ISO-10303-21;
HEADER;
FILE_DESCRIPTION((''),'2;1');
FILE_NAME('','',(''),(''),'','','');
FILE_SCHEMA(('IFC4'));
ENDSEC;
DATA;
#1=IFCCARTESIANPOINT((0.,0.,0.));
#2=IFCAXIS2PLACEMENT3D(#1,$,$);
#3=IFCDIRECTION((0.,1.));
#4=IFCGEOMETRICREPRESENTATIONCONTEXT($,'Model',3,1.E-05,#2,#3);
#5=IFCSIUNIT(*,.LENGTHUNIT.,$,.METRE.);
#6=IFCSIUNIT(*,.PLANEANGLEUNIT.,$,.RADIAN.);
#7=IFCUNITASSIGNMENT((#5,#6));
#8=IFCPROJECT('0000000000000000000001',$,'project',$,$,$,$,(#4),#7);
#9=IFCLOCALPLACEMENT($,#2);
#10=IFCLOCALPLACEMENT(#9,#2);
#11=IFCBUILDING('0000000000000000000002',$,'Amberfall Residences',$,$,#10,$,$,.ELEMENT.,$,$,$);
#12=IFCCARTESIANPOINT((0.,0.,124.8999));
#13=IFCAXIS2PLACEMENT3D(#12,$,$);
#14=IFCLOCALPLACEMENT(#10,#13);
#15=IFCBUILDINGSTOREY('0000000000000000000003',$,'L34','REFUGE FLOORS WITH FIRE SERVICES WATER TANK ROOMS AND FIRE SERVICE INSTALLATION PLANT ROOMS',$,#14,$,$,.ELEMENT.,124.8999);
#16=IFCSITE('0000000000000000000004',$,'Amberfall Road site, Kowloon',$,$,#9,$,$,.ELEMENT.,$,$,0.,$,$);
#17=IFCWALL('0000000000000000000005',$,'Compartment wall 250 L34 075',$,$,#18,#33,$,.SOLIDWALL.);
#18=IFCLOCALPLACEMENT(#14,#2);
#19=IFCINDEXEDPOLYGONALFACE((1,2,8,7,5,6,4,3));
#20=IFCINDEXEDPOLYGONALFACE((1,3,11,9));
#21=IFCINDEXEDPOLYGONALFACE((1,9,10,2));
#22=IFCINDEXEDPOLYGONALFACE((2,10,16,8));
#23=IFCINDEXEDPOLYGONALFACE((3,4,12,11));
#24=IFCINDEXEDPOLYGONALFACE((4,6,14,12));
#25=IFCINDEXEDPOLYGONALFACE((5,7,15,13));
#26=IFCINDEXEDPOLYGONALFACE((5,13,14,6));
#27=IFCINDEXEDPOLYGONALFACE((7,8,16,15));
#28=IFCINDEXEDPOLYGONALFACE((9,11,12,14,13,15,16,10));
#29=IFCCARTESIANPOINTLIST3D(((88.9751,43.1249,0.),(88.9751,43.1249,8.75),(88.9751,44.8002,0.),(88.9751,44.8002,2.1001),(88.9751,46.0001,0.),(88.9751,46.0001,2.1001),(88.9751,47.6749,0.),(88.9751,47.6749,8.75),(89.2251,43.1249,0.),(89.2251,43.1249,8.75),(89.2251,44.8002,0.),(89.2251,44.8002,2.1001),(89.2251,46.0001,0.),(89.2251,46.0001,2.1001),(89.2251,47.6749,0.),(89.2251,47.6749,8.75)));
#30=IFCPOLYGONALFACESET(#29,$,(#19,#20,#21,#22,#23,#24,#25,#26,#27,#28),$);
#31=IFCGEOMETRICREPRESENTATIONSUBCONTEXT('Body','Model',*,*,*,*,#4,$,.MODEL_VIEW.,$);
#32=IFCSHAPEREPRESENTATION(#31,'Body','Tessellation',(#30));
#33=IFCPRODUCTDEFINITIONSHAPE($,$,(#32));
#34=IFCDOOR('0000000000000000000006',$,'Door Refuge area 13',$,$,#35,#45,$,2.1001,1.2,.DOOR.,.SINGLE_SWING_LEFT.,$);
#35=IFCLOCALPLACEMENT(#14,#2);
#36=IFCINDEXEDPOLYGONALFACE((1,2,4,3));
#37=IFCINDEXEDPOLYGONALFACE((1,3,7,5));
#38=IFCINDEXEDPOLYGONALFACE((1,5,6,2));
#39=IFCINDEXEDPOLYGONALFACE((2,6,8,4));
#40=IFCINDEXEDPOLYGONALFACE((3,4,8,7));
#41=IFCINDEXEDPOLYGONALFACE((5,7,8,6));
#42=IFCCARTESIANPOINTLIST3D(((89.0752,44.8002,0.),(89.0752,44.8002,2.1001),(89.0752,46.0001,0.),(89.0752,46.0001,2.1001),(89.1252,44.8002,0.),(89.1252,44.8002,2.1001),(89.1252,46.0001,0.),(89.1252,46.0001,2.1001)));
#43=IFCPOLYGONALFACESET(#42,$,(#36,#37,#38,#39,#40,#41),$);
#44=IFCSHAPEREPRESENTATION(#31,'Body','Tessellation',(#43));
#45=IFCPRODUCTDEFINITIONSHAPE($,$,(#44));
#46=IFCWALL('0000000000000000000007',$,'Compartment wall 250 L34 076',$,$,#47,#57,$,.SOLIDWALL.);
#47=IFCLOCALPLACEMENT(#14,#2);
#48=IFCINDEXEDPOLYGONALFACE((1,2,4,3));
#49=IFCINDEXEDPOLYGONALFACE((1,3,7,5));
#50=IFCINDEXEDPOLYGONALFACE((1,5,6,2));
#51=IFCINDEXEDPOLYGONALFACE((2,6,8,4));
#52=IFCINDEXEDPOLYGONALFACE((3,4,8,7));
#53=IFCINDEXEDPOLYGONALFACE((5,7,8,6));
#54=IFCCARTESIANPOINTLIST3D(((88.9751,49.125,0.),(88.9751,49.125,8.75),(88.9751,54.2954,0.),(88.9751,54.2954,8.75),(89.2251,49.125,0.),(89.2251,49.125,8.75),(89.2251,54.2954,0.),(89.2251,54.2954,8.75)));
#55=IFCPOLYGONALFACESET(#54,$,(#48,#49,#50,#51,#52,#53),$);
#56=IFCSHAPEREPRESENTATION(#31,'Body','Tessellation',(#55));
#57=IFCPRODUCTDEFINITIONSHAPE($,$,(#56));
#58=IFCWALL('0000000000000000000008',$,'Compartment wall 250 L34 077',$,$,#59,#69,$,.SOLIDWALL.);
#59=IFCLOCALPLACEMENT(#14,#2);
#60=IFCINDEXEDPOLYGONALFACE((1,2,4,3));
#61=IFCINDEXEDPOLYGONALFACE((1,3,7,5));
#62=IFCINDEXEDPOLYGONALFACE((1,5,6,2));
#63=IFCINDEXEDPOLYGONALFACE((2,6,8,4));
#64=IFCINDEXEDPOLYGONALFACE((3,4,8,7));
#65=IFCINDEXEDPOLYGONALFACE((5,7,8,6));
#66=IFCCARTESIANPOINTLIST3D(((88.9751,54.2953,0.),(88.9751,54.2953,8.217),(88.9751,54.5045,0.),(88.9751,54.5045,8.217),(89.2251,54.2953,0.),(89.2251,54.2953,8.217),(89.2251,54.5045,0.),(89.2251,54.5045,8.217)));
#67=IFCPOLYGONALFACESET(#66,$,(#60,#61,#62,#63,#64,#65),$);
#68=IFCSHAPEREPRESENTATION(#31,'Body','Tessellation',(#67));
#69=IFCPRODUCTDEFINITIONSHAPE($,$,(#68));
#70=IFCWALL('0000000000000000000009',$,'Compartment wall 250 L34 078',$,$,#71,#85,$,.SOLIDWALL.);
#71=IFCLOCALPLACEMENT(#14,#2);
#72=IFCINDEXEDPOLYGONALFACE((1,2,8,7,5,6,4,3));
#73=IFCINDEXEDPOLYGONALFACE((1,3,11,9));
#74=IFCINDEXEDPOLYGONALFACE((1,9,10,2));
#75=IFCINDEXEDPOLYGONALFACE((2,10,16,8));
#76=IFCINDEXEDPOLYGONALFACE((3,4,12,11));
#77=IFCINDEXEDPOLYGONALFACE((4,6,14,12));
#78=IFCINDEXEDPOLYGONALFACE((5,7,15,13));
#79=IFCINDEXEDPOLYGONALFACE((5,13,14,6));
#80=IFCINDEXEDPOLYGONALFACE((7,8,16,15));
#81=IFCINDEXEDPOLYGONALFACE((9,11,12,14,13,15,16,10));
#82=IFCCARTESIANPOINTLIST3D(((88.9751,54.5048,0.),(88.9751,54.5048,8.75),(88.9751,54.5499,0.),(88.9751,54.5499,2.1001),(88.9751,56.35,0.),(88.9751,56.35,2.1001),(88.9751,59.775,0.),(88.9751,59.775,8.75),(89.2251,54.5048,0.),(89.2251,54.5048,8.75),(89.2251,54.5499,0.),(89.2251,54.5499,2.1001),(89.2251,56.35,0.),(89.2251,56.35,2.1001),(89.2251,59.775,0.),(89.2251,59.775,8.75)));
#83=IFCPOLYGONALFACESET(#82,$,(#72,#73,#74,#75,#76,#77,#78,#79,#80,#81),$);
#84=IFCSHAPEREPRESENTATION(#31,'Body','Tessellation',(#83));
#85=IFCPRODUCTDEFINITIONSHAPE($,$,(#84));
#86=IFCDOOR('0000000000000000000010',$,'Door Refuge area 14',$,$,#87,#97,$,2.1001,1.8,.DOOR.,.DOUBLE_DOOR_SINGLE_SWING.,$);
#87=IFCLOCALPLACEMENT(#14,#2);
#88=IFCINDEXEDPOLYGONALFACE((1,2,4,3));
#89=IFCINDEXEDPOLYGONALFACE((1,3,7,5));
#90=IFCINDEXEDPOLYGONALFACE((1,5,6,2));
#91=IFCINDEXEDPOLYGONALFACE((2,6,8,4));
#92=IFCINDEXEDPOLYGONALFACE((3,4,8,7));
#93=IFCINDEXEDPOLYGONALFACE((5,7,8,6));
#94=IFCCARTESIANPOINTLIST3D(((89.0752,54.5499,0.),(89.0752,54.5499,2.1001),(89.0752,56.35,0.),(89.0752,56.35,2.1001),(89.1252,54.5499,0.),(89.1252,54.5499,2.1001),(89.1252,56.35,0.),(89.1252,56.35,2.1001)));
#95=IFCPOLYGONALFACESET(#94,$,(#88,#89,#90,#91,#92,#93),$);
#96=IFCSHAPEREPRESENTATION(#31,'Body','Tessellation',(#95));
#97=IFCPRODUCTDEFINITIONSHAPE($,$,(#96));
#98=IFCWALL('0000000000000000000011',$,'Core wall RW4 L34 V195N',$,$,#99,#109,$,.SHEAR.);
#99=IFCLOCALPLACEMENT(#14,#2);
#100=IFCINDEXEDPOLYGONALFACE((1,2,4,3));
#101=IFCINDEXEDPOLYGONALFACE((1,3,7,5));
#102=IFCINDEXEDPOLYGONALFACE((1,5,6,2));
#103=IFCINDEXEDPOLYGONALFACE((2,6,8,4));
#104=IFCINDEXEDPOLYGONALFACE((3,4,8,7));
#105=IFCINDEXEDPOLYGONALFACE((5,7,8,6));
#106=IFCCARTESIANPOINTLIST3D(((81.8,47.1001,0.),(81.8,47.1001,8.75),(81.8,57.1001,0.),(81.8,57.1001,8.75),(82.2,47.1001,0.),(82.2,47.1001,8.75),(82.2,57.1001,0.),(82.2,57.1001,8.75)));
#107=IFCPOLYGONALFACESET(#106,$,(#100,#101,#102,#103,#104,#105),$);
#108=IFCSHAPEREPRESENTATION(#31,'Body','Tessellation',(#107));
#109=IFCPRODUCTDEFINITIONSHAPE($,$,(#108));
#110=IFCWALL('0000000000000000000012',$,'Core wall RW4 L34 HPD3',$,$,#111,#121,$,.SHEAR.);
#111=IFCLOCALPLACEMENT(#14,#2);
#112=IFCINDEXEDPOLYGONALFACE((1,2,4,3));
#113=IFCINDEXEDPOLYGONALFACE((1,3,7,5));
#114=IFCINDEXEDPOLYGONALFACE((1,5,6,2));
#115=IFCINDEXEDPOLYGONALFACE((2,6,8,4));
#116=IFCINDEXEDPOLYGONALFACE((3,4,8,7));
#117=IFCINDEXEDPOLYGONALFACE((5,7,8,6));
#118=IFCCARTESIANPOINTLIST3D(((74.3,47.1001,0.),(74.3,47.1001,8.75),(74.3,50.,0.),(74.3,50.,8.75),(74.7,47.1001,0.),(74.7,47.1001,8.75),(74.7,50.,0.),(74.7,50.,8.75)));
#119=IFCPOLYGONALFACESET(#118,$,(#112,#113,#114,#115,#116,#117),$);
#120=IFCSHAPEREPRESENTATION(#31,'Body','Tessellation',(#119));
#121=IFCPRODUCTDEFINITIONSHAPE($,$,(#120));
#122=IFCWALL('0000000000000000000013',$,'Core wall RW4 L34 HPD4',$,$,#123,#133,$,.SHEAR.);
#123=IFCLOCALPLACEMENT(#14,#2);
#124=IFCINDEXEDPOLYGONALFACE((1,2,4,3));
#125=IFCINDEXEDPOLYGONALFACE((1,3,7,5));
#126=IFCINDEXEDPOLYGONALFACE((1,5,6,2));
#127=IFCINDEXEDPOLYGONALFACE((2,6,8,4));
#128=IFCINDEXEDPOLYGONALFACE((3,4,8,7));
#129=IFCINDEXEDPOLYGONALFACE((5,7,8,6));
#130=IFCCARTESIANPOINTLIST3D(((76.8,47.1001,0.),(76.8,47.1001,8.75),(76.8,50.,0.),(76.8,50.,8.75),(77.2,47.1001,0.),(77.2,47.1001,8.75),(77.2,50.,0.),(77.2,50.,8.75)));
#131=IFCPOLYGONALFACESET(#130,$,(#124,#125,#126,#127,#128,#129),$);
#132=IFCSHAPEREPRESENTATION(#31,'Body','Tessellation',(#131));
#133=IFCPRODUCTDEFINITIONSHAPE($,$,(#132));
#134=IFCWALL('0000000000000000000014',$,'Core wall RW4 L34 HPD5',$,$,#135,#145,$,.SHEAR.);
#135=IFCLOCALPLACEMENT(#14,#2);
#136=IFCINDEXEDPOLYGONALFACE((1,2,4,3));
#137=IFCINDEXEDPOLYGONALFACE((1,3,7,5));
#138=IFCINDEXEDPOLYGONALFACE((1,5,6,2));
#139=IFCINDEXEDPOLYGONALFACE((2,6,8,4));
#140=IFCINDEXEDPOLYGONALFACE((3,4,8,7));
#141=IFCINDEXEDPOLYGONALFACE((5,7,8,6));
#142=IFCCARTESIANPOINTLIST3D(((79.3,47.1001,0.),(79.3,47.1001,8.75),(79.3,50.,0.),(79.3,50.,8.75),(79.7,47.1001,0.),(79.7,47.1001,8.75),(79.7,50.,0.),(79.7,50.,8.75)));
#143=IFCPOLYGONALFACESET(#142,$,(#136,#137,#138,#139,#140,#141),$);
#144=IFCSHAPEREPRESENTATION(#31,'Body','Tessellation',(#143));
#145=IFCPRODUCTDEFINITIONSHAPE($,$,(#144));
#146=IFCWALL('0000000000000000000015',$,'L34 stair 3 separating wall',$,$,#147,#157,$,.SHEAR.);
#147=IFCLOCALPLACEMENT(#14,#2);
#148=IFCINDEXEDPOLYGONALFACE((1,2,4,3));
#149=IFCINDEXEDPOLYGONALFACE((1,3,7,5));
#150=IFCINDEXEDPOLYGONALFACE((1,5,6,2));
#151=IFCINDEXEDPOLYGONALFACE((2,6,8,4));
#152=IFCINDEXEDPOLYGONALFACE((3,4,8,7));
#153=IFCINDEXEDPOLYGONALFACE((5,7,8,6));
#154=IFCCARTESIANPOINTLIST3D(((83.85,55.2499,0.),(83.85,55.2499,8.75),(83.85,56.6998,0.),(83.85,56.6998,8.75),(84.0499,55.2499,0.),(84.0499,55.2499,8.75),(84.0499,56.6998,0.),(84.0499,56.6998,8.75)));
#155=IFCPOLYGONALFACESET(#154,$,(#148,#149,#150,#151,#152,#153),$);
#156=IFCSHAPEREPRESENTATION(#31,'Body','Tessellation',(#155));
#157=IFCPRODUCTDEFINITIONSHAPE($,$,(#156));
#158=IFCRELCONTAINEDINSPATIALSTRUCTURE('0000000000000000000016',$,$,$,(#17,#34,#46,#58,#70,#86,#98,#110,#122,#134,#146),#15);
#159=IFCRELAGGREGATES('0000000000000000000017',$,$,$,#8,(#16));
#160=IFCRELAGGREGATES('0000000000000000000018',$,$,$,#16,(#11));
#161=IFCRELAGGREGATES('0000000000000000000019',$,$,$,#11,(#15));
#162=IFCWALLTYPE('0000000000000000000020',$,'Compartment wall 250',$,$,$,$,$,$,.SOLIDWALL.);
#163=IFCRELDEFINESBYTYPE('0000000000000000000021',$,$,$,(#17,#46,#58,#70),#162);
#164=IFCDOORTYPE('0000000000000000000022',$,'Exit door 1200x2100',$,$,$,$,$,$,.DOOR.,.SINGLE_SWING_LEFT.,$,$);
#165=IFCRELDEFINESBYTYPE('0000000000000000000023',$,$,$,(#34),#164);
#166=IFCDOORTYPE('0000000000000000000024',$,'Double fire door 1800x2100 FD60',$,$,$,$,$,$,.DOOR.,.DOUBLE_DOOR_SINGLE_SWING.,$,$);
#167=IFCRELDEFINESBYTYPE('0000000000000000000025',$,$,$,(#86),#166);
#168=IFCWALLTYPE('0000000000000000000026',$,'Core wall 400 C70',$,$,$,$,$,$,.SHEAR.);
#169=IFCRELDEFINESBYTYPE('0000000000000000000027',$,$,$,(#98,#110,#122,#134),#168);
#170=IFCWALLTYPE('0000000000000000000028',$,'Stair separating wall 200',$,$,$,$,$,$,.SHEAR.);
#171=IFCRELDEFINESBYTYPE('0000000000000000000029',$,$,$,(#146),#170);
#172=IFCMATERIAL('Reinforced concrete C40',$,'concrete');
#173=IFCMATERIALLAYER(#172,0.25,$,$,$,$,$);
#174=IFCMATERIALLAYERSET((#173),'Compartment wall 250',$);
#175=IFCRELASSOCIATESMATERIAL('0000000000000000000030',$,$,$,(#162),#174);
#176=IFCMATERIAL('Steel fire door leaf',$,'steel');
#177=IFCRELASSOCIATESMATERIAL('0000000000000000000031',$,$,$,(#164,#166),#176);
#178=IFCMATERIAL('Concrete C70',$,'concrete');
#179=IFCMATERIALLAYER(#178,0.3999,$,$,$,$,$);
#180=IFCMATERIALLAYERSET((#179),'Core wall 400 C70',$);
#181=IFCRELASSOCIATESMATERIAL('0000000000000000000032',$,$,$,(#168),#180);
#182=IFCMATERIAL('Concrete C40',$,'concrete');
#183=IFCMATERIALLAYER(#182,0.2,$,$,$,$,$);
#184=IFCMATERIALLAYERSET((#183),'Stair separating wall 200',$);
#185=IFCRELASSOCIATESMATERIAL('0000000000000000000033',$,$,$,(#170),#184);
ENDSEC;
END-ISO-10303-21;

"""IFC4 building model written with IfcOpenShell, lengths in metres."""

from ifc_helpers import new_model, si_unit, direction, frame, frame_2d, origin, place, context, subcontext, project, spatial, rectangle, extrude, material, layer, layer_set, type_object, element, fill, save


model = new_model("IFC4")

# Units and contexts
model_context = context("Model", 3, precision=1e-05, world=origin(), true_north=direction((0.0, 1.0)))
body_context = subcontext(model_context, "Body", "Model", "MODEL_VIEW")
ifc_project = project(units=[si_unit("LENGTHUNIT", "METRE"), si_unit("PLANEANGLEUNIT", "RADIAN")], contexts=[model_context])

# Site, building, storey
site_placement = place(None, origin())
site = spatial("IfcSite", under=ifc_project, at=site_placement, Name="Amberfall Road site, Kowloon", CompositionType="ELEMENT", RefElevation=0.0)
building_placement = place(site_placement, origin())
building = spatial("IfcBuilding", under=site, at=building_placement, Name="Amberfall Residences", CompositionType="ELEMENT")
storey_placement = place(building_placement, frame((0.0, 0.0, 124.8999)))
storey = spatial("IfcBuildingStorey", under=building, at=storey_placement, Name="L34", Description="REFUGE FLOORS WITH FIRE SERVICES WATER TANK ROOMS AND FIRE SERVICE INSTALLATION PLANT ROOMS", CompositionType="ELEMENT", Elevation=124.8999)

# Shared definitions
ifc_material_1 = material(Name="Reinforced concrete C40", Category="concrete")
ifc_layer_1 = layer(ifc_material_1, 0.25)
ifc_layer_set_1 = layer_set([ifc_layer_1], Name="Compartment wall 250")
wall_type_1 = type_object("IfcWallType", Name="Compartment wall 250", PredefinedType="SOLIDWALL", material=ifc_layer_set_1)

# Wall, opening, door
wall_1_placement = place(storey_placement, frame((89.1001, 43.125, 0.0), z_axis=(0.0, 0.0, 1.0), x_axis=(0.0, 1.0, 0.0)))
wall_1 = element("IfcWall", 1, at=wall_1_placement, inside=storey, type_object=wall_type_1, Name="Compartment wall 250 L34 075", PredefinedType="SOLIDWALL", context=body_context, shape_type="SweptSolid", body=[
    extrude(rectangle(XDim=4.55, YDim=0.25, at=frame_2d((2.2749, 0.0))), origin(), (0.0, 0.0, 1.0), 8.75),
])
opening_1_placement = place(wall_1_placement, frame((1.675, 0.0, 0.0)))
opening_1 = element("IfcOpeningElement", 2, at=opening_1_placement, cuts=wall_1, PredefinedType="OPENING", context=body_context, shape_type="SweptSolid", body=[
    extrude(rectangle(XDim=1.2, YDim=2.1001, at=frame_2d((0.6001, 1.05))), frame((0.0, 0.135, 0.0), z_axis=(0.0, -1.0, 0.0), x_axis=(1.0, 0.0, 0.0)), (0.0, 0.0, 1.0), 0.27),
])
ifc_material_2 = material(Name="Steel fire door leaf", Category="steel")
door_type_1 = type_object("IfcDoorType", Name="Exit door 1200x2100", OperationType="SINGLE_SWING_LEFT", PredefinedType="DOOR", material=ifc_material_2)
door_1_placement = place(opening_1_placement, origin())
door_1 = element("IfcDoor", 3, at=door_1_placement, inside=storey, type_object=door_type_1, Name="Door Refuge area 13", OperationType="SINGLE_SWING_LEFT", OverallHeight=2.1001, OverallWidth=1.2, PredefinedType="DOOR", context=body_context, shape_type="SweptSolid", body=[
    extrude(rectangle(XDim=1.2, YDim=2.1001, at=frame_2d((0.6001, 1.05))), frame((0.0, 0.0249, 0.0), z_axis=(0.0, -1.0, 0.0), x_axis=(1.0, 0.0, 0.0)), (0.0, 0.0, 1.0), 0.05),
])
fill(opening_1, door_1)

# Walls
wall_2_placement = place(storey_placement, frame((89.1001, 49.125, 0.0), z_axis=(0.0, 0.0, 1.0), x_axis=(0.0, 1.0, 0.0)))
element("IfcWall", 4, at=wall_2_placement, inside=storey, type_object=wall_type_1, Name="Compartment wall 250 L34 076", PredefinedType="SOLIDWALL", context=body_context, shape_type="SweptSolid", body=[
    extrude(rectangle(XDim=5.1704, YDim=0.25, at=frame_2d((2.5852, 0.0))), origin(), (0.0, 0.0, 1.0), 8.75),
])
wall_3_placement = place(storey_placement, frame((89.1001, 54.2954, 0.0), z_axis=(0.0, 0.0, 1.0), x_axis=(0.0, 1.0, 0.0)))
element("IfcWall", 5, at=wall_3_placement, inside=storey, type_object=wall_type_1, Name="Compartment wall 250 L34 077", PredefinedType="SOLIDWALL", context=body_context, shape_type="SweptSolid", body=[
    extrude(rectangle(XDim=0.2092, YDim=0.25, at=frame_2d((0.1045, 0.0))), origin(), (0.0, 0.0, 1.0), 8.217),
])

# Wall, opening, door
wall_4_placement = place(storey_placement, frame((89.1001, 54.5046, 0.0), z_axis=(0.0, 0.0, 1.0), x_axis=(0.0, 1.0, 0.0)))
wall_4 = element("IfcWall", 6, at=wall_4_placement, inside=storey, type_object=wall_type_1, Name="Compartment wall 250 L34 078", PredefinedType="SOLIDWALL", context=body_context, shape_type="SweptSolid", body=[
    extrude(rectangle(XDim=5.2703, YDim=0.25, at=frame_2d((2.6353, 0.0))), origin(), (0.0, 0.0, 1.0), 8.75),
])
opening_2_placement = place(wall_4_placement, frame((0.0454, 0.0, 0.0)))
opening_2 = element("IfcOpeningElement", 7, at=opening_2_placement, cuts=wall_4, PredefinedType="OPENING", context=body_context, shape_type="SweptSolid", body=[
    extrude(rectangle(XDim=1.8, YDim=2.1001, at=frame_2d((0.8999, 1.05))), frame((0.0, 0.135, 0.0), z_axis=(0.0, -1.0, 0.0), x_axis=(1.0, 0.0, 0.0)), (0.0, 0.0, 1.0), 0.27),
])
door_type_2 = type_object("IfcDoorType", Name="Double fire door 1800x2100 FD60", OperationType="DOUBLE_DOOR_SINGLE_SWING", PredefinedType="DOOR", material=ifc_material_2)
door_2_placement = place(opening_2_placement, origin())
door_2 = element("IfcDoor", 8, at=door_2_placement, inside=storey, type_object=door_type_2, Name="Door Refuge area 14", OperationType="DOUBLE_DOOR_SINGLE_SWING", OverallHeight=2.1001, OverallWidth=1.8, PredefinedType="DOOR", context=body_context, shape_type="SweptSolid", body=[
    extrude(rectangle(XDim=1.8, YDim=2.1001, at=frame_2d((0.8999, 1.05))), frame((0.0, 0.0249, 0.0), z_axis=(0.0, -1.0, 0.0), x_axis=(1.0, 0.0, 0.0)), (0.0, 0.0, 1.0), 0.05),
])
fill(opening_2, door_2)

# Walls
ifc_material_3 = material(Name="Concrete C70", Category="concrete")
ifc_layer_2 = layer(ifc_material_3, 0.3999)
ifc_layer_set_2 = layer_set([ifc_layer_2], Name="Core wall 400 C70")
wall_type_2 = type_object("IfcWallType", Name="Core wall 400 C70", PredefinedType="SHEAR", material=ifc_layer_set_2)
wall_5_placement = place(storey_placement, frame((82.0, 47.1001, 0.0), z_axis=(0.0, 0.0, 1.0), x_axis=(0.0, 1.0, 0.0)))
element("IfcWall", 9, at=wall_5_placement, inside=storey, type_object=wall_type_2, Name="Core wall RW4 L34 V195N", PredefinedType="SHEAR", context=body_context, shape_type="SweptSolid", body=[
    extrude(rectangle(XDim=10.0, YDim=0.3999, at=frame_2d((5.0, 0.0))), origin(), (0.0, 0.0, 1.0), 8.75),
])
for number, where, z_axis, x_axis, name in (
    (10, (74.5, 47.1001, 0.0), (0.0, 0.0, 1.0), (0.0, 1.0, 0.0), "Core wall RW4 L34 HPD3"),
    (11, (77.0, 47.1001, 0.0), (0.0, 0.0, 1.0), (0.0, 1.0, 0.0), "Core wall RW4 L34 HPD4"),
    (12, (79.5, 47.1001, 0.0), (0.0, 0.0, 1.0), (0.0, 1.0, 0.0), "Core wall RW4 L34 HPD5"),
):
    element("IfcWall", number, at=place(storey_placement, frame(where, z_axis=z_axis, x_axis=x_axis)), inside=storey, type_object=wall_type_2, Name=name, PredefinedType="SHEAR", context=body_context, shape_type="SweptSolid", body=[
        extrude(rectangle(XDim=2.8999, YDim=0.3999, at=frame_2d((1.45, 0.0))), origin(), (0.0, 0.0, 1.0), 8.75),
    ])
ifc_material_4 = material(Name="Concrete C40", Category="concrete")
ifc_layer_3 = layer(ifc_material_4, 0.2)
ifc_layer_set_3 = layer_set([ifc_layer_3], Name="Stair separating wall 200")
wall_type_3 = type_object("IfcWallType", Name="Stair separating wall 200", PredefinedType="SHEAR", material=ifc_layer_set_3)
wall_6_placement = place(storey_placement, frame((83.95, 56.7, 0.0), z_axis=(0.0, 0.0, 1.0), x_axis=(0.0, -1.0, 0.0)))
element("IfcWall", 13, at=wall_6_placement, inside=storey, type_object=wall_type_3, Name="L34 stair 3 separating wall", PredefinedType="SHEAR", context=body_context, shape_type="SweptSolid", body=[
    extrude(rectangle(XDim=1.45, YDim=0.2, at=frame_2d((0.7251, 0.0))), origin(), (0.0, 0.0, 1.0), 8.75),
])

save(model, "model.ifc")
